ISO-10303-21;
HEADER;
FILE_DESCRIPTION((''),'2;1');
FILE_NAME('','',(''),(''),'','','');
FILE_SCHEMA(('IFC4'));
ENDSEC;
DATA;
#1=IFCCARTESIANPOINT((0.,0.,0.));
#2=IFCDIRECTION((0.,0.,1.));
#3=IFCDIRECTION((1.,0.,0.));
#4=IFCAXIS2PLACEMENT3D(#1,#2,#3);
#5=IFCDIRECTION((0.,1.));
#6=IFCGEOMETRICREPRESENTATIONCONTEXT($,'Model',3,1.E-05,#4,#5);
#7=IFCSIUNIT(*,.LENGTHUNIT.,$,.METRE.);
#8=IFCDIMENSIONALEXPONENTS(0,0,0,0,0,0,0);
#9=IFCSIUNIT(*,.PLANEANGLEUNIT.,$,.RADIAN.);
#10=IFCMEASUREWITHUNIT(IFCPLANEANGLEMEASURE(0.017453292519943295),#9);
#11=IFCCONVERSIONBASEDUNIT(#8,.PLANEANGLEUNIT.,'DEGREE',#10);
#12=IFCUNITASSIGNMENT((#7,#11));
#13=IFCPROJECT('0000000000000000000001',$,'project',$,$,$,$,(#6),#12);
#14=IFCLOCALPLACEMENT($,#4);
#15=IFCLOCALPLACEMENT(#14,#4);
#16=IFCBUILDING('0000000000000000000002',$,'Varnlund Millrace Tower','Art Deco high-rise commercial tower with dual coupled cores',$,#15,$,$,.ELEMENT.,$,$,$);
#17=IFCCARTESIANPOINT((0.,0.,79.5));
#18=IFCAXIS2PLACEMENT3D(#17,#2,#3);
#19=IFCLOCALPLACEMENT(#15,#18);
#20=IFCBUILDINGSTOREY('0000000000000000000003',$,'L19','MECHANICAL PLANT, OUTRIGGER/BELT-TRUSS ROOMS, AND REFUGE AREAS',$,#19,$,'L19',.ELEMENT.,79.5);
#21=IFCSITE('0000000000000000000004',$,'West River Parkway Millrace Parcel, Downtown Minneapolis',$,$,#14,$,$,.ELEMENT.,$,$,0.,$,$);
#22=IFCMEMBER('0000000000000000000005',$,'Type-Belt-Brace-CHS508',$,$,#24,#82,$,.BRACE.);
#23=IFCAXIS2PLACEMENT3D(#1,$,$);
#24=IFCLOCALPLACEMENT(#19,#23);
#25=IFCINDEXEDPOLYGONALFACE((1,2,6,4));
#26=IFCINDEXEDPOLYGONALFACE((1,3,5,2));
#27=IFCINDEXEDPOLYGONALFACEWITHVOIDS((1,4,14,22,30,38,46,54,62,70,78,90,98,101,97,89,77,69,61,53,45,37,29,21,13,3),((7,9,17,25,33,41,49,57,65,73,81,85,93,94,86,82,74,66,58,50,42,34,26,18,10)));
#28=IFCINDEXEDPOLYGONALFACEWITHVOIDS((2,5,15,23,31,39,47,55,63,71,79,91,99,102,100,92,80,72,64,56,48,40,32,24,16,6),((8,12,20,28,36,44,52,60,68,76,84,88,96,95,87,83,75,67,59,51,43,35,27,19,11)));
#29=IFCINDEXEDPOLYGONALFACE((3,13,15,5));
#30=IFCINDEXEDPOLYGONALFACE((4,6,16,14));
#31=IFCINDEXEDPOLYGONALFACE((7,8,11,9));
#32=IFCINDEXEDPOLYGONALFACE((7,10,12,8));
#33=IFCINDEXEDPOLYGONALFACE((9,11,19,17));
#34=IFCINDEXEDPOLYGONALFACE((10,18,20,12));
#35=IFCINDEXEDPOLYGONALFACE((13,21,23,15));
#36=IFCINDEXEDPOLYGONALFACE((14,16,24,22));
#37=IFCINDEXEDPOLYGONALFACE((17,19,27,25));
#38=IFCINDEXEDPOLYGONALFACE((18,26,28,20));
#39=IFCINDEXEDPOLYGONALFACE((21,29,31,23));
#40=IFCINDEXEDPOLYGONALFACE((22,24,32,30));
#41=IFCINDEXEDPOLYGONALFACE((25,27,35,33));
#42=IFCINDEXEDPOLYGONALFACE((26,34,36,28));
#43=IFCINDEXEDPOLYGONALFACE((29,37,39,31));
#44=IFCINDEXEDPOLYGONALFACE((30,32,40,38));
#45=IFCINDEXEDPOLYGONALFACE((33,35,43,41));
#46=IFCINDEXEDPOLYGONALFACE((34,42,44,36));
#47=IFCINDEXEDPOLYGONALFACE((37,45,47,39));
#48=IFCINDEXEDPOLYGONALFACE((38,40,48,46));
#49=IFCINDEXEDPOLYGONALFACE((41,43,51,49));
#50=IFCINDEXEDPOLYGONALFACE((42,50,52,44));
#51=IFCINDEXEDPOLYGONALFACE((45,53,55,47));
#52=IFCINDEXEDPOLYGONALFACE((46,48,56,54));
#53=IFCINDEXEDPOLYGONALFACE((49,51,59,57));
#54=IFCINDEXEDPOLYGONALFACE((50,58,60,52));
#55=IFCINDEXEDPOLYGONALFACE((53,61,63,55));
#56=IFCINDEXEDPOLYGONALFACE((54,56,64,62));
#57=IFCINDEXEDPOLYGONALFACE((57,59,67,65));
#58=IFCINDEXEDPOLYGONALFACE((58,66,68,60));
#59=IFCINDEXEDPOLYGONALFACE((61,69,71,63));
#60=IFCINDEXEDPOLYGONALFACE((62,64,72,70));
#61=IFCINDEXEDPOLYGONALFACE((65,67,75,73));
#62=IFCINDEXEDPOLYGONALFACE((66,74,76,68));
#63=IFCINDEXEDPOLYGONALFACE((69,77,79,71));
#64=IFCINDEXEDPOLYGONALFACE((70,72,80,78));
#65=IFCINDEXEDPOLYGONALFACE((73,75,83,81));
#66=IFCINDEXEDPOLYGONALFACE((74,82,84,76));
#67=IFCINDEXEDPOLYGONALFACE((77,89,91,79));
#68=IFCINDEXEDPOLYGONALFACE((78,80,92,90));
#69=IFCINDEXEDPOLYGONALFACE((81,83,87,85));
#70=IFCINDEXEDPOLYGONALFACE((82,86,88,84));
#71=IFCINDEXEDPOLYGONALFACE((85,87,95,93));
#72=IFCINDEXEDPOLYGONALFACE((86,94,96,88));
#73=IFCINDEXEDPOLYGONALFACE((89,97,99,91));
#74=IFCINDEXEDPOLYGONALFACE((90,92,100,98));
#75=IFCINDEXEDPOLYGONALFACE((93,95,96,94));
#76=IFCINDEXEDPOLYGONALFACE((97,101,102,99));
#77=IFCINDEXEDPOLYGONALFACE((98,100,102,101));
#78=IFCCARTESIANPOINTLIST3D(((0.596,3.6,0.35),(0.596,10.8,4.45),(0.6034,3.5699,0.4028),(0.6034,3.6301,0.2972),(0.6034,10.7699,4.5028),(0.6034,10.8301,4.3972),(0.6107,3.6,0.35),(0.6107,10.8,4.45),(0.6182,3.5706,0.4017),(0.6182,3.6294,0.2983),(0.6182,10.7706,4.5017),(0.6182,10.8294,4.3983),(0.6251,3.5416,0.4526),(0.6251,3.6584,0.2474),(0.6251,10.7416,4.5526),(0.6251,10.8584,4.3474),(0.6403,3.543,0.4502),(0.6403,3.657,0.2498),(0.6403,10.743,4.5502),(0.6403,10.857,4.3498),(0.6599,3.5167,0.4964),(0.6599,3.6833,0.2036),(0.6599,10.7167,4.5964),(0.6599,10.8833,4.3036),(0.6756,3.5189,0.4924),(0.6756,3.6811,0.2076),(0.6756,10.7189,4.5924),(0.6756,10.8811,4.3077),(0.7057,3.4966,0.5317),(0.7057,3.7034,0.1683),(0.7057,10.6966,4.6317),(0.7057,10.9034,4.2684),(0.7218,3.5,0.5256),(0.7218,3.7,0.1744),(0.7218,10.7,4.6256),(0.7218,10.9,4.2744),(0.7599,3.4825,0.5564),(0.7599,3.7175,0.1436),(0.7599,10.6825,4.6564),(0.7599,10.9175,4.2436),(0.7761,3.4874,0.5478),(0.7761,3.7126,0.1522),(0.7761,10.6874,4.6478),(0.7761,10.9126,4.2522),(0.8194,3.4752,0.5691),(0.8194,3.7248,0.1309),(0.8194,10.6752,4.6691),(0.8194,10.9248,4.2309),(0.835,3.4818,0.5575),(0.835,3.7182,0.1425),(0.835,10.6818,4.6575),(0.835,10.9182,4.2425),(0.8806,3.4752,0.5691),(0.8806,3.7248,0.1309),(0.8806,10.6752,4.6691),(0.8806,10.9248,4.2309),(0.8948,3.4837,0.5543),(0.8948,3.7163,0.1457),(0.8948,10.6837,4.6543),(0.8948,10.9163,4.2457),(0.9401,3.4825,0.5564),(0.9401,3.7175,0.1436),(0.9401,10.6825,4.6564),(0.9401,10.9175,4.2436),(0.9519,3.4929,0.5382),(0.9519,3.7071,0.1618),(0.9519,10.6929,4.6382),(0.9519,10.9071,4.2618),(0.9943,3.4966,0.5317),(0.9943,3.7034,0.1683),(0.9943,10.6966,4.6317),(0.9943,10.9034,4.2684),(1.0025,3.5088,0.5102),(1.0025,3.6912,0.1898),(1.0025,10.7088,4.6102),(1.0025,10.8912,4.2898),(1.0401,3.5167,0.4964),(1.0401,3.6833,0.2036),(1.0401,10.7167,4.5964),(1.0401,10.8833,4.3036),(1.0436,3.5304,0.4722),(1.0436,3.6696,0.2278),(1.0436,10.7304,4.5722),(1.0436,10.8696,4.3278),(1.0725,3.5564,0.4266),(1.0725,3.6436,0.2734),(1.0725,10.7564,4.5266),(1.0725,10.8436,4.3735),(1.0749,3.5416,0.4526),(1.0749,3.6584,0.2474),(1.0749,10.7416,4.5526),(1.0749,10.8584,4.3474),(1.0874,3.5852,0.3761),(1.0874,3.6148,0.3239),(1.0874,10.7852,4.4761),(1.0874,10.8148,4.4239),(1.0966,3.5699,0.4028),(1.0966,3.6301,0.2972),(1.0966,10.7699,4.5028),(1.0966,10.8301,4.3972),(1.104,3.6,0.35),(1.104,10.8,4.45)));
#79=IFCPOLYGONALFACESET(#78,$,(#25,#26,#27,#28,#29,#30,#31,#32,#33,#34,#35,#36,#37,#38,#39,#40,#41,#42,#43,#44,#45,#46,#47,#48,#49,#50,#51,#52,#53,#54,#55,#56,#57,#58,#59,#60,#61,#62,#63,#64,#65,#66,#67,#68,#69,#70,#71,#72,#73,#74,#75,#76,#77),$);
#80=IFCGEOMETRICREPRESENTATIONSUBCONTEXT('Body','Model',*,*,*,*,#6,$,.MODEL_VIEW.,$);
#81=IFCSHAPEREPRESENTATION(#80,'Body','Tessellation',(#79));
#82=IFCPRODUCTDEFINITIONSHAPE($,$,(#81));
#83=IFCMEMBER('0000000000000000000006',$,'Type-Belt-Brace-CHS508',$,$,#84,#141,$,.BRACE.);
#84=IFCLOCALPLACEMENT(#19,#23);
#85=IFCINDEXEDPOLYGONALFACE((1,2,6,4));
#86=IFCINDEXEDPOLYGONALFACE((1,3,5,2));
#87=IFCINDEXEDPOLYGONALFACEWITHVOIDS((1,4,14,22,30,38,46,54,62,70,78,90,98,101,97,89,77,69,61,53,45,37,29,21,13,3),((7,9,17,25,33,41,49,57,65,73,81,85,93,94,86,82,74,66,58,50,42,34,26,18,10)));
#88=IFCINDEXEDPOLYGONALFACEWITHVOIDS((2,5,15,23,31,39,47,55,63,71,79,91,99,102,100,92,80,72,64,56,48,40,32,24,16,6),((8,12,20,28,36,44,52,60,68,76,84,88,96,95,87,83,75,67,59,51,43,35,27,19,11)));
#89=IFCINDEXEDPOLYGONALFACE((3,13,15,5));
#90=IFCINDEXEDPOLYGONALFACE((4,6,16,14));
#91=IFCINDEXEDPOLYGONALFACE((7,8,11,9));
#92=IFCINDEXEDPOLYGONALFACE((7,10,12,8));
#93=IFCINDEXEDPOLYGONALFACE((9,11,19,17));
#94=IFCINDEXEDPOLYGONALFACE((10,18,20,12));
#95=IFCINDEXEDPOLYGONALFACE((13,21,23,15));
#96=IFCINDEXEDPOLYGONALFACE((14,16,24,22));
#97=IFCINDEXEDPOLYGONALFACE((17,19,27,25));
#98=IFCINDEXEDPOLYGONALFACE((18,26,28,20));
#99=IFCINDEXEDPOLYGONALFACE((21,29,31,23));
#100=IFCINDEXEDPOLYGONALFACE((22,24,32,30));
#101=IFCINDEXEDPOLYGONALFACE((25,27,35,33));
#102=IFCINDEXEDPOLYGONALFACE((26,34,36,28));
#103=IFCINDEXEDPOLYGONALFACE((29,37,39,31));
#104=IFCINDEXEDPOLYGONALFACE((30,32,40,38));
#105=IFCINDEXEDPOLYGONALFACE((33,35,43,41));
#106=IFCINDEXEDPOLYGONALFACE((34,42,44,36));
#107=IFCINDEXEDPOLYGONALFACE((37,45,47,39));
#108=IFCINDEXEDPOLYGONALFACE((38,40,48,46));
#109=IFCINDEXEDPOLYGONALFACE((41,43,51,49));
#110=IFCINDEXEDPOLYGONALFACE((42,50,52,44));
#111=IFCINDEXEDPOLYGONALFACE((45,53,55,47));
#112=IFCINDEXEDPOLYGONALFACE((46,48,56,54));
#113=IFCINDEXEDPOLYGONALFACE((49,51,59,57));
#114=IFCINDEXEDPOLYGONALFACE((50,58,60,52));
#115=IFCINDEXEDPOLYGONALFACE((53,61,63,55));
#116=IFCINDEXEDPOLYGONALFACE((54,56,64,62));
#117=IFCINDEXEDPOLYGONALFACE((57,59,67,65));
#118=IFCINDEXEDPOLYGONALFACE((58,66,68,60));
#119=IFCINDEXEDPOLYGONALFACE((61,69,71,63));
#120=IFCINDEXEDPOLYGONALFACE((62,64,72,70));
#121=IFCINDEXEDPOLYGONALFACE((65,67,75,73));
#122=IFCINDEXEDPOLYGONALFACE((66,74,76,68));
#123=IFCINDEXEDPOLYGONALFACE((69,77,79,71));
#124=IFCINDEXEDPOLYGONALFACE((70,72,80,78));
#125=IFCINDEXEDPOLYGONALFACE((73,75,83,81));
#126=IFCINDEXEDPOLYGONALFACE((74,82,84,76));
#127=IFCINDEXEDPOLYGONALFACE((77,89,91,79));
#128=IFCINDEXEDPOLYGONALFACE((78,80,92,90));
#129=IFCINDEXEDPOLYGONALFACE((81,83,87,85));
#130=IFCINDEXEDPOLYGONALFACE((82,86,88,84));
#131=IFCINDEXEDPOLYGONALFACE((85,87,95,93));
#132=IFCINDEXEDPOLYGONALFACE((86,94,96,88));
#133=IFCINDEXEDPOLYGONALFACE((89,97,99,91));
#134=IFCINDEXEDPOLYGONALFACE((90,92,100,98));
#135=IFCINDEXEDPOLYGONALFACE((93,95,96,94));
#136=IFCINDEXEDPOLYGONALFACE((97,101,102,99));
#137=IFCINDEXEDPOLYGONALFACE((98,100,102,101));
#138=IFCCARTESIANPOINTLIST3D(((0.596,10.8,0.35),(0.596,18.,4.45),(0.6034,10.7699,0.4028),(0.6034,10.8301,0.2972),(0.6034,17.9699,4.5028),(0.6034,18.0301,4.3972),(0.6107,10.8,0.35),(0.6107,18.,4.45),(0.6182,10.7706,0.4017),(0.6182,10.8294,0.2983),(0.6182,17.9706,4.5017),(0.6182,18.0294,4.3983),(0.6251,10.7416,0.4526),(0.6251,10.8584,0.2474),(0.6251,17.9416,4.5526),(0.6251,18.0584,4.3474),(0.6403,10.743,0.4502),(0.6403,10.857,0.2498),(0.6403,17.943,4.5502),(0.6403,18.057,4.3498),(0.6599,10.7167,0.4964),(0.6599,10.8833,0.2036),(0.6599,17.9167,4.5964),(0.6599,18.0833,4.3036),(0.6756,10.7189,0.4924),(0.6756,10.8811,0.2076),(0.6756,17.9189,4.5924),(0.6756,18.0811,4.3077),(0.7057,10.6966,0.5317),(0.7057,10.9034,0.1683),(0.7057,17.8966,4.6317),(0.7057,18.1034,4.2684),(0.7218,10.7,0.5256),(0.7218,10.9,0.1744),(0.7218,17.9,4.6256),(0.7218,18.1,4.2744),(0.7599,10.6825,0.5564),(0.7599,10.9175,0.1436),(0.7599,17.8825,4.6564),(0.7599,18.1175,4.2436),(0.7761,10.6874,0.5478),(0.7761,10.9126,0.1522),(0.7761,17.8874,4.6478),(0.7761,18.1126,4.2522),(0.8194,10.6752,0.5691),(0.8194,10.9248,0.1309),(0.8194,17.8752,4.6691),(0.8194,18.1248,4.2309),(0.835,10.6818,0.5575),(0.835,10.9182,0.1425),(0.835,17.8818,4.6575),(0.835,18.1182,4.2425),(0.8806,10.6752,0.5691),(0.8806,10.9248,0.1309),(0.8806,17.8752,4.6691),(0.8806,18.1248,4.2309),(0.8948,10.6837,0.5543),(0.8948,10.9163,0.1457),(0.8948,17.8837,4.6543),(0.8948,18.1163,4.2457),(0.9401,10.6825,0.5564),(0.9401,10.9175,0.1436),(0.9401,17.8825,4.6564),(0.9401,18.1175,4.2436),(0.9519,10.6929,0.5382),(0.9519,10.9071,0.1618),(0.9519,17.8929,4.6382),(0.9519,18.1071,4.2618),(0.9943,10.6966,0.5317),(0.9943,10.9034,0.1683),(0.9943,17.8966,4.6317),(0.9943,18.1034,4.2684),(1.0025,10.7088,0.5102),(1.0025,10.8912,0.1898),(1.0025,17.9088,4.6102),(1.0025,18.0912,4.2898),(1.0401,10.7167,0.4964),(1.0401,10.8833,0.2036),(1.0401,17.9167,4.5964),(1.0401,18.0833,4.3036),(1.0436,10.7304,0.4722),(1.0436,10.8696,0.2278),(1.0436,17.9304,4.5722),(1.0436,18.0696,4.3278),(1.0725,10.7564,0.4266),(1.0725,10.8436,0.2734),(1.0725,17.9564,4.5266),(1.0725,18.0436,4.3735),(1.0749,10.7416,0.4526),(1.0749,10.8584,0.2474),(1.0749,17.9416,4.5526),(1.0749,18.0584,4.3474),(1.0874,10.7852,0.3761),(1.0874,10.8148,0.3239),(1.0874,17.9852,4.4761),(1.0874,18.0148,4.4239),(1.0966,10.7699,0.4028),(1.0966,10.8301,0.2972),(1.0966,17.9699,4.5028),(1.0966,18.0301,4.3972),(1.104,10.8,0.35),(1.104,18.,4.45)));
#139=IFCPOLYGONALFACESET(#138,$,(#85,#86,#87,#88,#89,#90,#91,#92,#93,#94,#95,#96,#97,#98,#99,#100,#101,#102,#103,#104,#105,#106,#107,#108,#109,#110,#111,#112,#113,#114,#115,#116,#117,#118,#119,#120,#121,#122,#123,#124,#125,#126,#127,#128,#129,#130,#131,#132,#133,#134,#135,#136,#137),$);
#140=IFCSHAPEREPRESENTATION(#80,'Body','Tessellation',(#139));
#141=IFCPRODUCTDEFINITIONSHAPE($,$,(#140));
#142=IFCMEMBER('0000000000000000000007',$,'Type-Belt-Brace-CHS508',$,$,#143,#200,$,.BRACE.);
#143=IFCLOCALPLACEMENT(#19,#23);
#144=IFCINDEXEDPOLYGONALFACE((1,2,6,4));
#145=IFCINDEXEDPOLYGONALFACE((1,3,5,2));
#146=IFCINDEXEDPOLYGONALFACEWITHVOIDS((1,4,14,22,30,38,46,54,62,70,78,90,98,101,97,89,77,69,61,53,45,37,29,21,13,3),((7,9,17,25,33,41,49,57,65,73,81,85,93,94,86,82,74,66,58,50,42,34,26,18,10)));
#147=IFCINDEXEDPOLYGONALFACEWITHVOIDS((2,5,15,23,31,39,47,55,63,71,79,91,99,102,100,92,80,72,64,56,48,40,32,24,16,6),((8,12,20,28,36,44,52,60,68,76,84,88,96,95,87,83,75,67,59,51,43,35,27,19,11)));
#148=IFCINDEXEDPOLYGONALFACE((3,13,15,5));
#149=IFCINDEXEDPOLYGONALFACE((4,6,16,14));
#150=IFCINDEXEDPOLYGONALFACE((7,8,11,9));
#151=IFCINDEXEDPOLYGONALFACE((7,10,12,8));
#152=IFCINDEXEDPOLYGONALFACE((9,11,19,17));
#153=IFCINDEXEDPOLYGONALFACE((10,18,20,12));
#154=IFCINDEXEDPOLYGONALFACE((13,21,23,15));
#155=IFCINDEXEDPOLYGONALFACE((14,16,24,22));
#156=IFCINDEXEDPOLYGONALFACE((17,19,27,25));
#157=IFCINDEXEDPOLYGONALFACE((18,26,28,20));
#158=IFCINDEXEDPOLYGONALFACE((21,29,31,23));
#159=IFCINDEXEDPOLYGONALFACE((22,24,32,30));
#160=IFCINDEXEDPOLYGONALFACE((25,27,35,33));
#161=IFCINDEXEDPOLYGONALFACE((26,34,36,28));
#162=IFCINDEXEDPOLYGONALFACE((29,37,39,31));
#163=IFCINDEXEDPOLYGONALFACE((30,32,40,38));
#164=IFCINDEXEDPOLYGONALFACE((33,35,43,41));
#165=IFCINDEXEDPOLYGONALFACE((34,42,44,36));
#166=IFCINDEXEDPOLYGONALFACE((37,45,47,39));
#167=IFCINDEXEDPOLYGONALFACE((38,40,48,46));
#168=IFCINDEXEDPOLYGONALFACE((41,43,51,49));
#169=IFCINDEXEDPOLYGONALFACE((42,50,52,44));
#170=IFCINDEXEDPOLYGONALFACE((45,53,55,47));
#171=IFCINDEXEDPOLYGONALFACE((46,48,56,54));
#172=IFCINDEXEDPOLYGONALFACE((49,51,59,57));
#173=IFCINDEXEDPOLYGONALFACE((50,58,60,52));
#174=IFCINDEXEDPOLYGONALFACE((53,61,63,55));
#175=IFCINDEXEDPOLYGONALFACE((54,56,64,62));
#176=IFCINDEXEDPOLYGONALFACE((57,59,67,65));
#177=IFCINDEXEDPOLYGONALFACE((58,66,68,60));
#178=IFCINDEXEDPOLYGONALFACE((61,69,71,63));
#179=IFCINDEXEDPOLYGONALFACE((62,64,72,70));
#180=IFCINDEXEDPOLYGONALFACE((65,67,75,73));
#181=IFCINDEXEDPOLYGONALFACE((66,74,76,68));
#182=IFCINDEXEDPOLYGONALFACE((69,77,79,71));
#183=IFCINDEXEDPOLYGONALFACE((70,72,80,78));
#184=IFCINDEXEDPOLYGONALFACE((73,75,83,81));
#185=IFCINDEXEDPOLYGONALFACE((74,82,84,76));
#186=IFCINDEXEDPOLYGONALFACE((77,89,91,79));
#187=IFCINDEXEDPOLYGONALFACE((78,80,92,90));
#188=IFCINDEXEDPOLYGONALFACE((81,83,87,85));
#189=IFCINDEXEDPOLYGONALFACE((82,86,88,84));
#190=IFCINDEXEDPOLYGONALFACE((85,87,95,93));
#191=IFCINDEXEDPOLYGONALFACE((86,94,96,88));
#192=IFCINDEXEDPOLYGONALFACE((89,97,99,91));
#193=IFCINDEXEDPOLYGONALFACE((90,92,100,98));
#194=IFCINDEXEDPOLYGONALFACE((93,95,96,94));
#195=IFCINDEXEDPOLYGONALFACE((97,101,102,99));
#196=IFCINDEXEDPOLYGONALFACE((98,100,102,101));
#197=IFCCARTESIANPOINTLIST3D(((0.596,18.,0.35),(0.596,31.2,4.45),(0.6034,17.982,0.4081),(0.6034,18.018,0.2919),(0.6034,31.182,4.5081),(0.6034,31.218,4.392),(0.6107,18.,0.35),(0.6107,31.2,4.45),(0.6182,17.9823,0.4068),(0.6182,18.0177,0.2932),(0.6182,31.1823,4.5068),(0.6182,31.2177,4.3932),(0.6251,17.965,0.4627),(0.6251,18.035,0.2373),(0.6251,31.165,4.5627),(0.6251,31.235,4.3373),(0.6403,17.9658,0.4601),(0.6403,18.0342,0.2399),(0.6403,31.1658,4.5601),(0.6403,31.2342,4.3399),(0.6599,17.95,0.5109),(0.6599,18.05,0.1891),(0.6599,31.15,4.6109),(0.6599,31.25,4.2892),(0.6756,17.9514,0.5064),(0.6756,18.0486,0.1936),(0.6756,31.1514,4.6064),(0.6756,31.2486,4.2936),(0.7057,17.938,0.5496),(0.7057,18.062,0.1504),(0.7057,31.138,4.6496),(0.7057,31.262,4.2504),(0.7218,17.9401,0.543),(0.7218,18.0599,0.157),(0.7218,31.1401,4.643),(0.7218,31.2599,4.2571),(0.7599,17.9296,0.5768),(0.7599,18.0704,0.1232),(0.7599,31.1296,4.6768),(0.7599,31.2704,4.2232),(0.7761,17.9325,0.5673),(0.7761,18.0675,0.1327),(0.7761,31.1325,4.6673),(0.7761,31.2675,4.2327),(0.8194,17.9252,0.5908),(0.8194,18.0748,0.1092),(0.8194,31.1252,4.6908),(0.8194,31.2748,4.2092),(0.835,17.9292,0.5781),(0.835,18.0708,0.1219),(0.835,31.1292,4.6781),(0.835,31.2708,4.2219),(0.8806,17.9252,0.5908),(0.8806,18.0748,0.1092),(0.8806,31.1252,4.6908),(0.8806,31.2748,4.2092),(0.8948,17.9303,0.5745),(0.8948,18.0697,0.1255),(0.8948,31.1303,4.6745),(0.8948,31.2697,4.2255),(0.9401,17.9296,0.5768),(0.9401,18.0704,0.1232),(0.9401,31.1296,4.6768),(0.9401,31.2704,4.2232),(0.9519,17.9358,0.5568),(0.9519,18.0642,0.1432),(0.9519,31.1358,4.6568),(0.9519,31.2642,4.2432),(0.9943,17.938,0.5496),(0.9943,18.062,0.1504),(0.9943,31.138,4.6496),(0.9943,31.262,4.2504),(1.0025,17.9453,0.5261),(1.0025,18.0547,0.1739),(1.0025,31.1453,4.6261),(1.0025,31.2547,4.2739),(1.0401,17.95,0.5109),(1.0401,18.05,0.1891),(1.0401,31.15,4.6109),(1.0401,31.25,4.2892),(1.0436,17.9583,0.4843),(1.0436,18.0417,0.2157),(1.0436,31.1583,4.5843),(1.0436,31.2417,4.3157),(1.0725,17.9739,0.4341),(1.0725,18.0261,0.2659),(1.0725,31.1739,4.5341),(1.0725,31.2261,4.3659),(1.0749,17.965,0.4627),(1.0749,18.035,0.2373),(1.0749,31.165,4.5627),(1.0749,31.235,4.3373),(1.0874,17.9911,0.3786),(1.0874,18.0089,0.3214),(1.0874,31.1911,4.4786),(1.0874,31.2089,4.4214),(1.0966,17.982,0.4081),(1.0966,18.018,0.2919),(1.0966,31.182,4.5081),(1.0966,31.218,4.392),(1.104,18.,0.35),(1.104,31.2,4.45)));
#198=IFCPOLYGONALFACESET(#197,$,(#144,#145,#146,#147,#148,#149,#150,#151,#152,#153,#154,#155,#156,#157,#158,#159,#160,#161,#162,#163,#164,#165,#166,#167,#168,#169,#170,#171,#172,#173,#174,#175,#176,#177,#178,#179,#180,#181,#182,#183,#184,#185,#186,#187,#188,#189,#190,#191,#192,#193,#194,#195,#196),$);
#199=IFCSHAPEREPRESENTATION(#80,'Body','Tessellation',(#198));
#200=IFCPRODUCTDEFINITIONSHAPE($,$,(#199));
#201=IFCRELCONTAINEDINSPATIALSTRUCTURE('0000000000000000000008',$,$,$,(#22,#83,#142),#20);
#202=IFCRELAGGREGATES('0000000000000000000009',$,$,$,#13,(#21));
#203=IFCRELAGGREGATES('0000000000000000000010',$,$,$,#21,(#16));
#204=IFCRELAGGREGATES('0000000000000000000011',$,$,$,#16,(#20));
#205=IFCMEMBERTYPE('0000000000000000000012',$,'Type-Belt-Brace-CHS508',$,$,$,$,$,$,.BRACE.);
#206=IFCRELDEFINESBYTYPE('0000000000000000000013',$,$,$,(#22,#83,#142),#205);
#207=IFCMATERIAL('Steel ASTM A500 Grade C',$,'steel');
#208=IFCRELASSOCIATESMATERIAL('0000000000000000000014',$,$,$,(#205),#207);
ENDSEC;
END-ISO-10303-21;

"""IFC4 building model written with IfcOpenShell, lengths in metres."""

from ifc_helpers import new_model, entity, si_unit, converted_unit, direction, frame, origin_with_axes, origin_2d_with_axis, place, context, subcontext, project, spatial, hollow_circle, extrude, material, material_profile, profile_set, type_object, element, save


model = new_model("IFC4")

# Units and contexts
model_context = context("Model", 3, precision=1e-05, world=origin_with_axes(), true_north=direction((0.0, 1.0)))
body_context = subcontext(model_context, "Body", "Model", "MODEL_VIEW")
ifc_project = project(units=[si_unit("LENGTHUNIT", "METRE"), converted_unit("PLANEANGLEUNIT", "DEGREE", entity("IfcPlaneAngleMeasure", 0.017453292519943295), si_unit("PLANEANGLEUNIT", "RADIAN"), dimensions=[0, 0, 0, 0, 0, 0, 0])], contexts=[model_context])

# Site, building, storey
site_placement = place(None, origin_with_axes())
site = spatial("IfcSite", under=ifc_project, at=site_placement, Name="West River Parkway Millrace Parcel, Downtown Minneapolis", CompositionType="ELEMENT", RefElevation=0.0)
building_placement = place(site_placement, origin_with_axes())
building = spatial("IfcBuilding", under=site, at=building_placement, Name="Varnlund Millrace Tower", Description="Art Deco high-rise commercial tower with dual coupled cores", CompositionType="ELEMENT")
storey_placement = place(building_placement, frame((0.0, 0.0, 79.5), z_axis=(0.0, 0.0, 1.0), x_axis=(1.0, 0.0, 0.0)))
storey = spatial("IfcBuildingStorey", under=building, at=storey_placement, Name="L19", Description="MECHANICAL PLANT, OUTRIGGER/BELT-TRUSS ROOMS, AND REFUGE AREAS", LongName="L19", CompositionType="ELEMENT", Elevation=79.5)

# Members
ifc_material_1 = material(Name="Steel ASTM A500 Grade C", Category="steel")
ifc_material_profile_1 = material_profile(ifc_material_1, hollow_circle(Radius=0.254, WallThickness=0.0147, at=origin_2d_with_axis()), Name="Steel ASTM A500 Grade C")
ifc_profile_set_1 = profile_set([ifc_material_profile_1], Name="Steel ASTM A500 Grade C")
member_type_1 = type_object("IfcMemberType", Name="Type-Belt-Brace-CHS508", PredefinedType="BRACE", material=ifc_profile_set_1)
for number, where, z_axis, x_axis, name in (
    (1, (0.85, 3.6, 0.35), (0.0, 0.868985, 0.494839), (-1.0, 0.0, 0.0), "Type-Belt-Brace-CHS508"),
    (2, (0.85, 10.8, 0.35), (0.0, 0.868985, 0.494839), (-1.0, 0.0, 0.0), "Type-Belt-Brace-CHS508"),
):
    element("IfcMember", number, at=place(storey_placement, frame(where, z_axis=z_axis, x_axis=x_axis)), inside=storey, type_object=member_type_1, Name=name, PredefinedType="BRACE", context=body_context, shape_type="SweptSolid", body=[
        extrude(hollow_circle(Radius=0.254, WallThickness=0.0147, at=origin_2d_with_axis()), origin_with_axes(), (0.0, 0.0, 1.0), 8.2855),
    ])
member_placement = place(storey_placement, frame((0.85, 18.0, 0.35), z_axis=(0.0, 0.954993, 0.296627), x_axis=(-1.0, 0.0, 0.0)))
element("IfcMember", 3, at=member_placement, inside=storey, type_object=member_type_1, Name="Type-Belt-Brace-CHS508", PredefinedType="BRACE", context=body_context, shape_type="SweptSolid", body=[
    extrude(hollow_circle(Radius=0.254, WallThickness=0.0147, at=origin_2d_with_axis()), origin_with_axes(), (0.0, 0.0, 1.0), 13.8221),
])

save(model, "model.ifc")
